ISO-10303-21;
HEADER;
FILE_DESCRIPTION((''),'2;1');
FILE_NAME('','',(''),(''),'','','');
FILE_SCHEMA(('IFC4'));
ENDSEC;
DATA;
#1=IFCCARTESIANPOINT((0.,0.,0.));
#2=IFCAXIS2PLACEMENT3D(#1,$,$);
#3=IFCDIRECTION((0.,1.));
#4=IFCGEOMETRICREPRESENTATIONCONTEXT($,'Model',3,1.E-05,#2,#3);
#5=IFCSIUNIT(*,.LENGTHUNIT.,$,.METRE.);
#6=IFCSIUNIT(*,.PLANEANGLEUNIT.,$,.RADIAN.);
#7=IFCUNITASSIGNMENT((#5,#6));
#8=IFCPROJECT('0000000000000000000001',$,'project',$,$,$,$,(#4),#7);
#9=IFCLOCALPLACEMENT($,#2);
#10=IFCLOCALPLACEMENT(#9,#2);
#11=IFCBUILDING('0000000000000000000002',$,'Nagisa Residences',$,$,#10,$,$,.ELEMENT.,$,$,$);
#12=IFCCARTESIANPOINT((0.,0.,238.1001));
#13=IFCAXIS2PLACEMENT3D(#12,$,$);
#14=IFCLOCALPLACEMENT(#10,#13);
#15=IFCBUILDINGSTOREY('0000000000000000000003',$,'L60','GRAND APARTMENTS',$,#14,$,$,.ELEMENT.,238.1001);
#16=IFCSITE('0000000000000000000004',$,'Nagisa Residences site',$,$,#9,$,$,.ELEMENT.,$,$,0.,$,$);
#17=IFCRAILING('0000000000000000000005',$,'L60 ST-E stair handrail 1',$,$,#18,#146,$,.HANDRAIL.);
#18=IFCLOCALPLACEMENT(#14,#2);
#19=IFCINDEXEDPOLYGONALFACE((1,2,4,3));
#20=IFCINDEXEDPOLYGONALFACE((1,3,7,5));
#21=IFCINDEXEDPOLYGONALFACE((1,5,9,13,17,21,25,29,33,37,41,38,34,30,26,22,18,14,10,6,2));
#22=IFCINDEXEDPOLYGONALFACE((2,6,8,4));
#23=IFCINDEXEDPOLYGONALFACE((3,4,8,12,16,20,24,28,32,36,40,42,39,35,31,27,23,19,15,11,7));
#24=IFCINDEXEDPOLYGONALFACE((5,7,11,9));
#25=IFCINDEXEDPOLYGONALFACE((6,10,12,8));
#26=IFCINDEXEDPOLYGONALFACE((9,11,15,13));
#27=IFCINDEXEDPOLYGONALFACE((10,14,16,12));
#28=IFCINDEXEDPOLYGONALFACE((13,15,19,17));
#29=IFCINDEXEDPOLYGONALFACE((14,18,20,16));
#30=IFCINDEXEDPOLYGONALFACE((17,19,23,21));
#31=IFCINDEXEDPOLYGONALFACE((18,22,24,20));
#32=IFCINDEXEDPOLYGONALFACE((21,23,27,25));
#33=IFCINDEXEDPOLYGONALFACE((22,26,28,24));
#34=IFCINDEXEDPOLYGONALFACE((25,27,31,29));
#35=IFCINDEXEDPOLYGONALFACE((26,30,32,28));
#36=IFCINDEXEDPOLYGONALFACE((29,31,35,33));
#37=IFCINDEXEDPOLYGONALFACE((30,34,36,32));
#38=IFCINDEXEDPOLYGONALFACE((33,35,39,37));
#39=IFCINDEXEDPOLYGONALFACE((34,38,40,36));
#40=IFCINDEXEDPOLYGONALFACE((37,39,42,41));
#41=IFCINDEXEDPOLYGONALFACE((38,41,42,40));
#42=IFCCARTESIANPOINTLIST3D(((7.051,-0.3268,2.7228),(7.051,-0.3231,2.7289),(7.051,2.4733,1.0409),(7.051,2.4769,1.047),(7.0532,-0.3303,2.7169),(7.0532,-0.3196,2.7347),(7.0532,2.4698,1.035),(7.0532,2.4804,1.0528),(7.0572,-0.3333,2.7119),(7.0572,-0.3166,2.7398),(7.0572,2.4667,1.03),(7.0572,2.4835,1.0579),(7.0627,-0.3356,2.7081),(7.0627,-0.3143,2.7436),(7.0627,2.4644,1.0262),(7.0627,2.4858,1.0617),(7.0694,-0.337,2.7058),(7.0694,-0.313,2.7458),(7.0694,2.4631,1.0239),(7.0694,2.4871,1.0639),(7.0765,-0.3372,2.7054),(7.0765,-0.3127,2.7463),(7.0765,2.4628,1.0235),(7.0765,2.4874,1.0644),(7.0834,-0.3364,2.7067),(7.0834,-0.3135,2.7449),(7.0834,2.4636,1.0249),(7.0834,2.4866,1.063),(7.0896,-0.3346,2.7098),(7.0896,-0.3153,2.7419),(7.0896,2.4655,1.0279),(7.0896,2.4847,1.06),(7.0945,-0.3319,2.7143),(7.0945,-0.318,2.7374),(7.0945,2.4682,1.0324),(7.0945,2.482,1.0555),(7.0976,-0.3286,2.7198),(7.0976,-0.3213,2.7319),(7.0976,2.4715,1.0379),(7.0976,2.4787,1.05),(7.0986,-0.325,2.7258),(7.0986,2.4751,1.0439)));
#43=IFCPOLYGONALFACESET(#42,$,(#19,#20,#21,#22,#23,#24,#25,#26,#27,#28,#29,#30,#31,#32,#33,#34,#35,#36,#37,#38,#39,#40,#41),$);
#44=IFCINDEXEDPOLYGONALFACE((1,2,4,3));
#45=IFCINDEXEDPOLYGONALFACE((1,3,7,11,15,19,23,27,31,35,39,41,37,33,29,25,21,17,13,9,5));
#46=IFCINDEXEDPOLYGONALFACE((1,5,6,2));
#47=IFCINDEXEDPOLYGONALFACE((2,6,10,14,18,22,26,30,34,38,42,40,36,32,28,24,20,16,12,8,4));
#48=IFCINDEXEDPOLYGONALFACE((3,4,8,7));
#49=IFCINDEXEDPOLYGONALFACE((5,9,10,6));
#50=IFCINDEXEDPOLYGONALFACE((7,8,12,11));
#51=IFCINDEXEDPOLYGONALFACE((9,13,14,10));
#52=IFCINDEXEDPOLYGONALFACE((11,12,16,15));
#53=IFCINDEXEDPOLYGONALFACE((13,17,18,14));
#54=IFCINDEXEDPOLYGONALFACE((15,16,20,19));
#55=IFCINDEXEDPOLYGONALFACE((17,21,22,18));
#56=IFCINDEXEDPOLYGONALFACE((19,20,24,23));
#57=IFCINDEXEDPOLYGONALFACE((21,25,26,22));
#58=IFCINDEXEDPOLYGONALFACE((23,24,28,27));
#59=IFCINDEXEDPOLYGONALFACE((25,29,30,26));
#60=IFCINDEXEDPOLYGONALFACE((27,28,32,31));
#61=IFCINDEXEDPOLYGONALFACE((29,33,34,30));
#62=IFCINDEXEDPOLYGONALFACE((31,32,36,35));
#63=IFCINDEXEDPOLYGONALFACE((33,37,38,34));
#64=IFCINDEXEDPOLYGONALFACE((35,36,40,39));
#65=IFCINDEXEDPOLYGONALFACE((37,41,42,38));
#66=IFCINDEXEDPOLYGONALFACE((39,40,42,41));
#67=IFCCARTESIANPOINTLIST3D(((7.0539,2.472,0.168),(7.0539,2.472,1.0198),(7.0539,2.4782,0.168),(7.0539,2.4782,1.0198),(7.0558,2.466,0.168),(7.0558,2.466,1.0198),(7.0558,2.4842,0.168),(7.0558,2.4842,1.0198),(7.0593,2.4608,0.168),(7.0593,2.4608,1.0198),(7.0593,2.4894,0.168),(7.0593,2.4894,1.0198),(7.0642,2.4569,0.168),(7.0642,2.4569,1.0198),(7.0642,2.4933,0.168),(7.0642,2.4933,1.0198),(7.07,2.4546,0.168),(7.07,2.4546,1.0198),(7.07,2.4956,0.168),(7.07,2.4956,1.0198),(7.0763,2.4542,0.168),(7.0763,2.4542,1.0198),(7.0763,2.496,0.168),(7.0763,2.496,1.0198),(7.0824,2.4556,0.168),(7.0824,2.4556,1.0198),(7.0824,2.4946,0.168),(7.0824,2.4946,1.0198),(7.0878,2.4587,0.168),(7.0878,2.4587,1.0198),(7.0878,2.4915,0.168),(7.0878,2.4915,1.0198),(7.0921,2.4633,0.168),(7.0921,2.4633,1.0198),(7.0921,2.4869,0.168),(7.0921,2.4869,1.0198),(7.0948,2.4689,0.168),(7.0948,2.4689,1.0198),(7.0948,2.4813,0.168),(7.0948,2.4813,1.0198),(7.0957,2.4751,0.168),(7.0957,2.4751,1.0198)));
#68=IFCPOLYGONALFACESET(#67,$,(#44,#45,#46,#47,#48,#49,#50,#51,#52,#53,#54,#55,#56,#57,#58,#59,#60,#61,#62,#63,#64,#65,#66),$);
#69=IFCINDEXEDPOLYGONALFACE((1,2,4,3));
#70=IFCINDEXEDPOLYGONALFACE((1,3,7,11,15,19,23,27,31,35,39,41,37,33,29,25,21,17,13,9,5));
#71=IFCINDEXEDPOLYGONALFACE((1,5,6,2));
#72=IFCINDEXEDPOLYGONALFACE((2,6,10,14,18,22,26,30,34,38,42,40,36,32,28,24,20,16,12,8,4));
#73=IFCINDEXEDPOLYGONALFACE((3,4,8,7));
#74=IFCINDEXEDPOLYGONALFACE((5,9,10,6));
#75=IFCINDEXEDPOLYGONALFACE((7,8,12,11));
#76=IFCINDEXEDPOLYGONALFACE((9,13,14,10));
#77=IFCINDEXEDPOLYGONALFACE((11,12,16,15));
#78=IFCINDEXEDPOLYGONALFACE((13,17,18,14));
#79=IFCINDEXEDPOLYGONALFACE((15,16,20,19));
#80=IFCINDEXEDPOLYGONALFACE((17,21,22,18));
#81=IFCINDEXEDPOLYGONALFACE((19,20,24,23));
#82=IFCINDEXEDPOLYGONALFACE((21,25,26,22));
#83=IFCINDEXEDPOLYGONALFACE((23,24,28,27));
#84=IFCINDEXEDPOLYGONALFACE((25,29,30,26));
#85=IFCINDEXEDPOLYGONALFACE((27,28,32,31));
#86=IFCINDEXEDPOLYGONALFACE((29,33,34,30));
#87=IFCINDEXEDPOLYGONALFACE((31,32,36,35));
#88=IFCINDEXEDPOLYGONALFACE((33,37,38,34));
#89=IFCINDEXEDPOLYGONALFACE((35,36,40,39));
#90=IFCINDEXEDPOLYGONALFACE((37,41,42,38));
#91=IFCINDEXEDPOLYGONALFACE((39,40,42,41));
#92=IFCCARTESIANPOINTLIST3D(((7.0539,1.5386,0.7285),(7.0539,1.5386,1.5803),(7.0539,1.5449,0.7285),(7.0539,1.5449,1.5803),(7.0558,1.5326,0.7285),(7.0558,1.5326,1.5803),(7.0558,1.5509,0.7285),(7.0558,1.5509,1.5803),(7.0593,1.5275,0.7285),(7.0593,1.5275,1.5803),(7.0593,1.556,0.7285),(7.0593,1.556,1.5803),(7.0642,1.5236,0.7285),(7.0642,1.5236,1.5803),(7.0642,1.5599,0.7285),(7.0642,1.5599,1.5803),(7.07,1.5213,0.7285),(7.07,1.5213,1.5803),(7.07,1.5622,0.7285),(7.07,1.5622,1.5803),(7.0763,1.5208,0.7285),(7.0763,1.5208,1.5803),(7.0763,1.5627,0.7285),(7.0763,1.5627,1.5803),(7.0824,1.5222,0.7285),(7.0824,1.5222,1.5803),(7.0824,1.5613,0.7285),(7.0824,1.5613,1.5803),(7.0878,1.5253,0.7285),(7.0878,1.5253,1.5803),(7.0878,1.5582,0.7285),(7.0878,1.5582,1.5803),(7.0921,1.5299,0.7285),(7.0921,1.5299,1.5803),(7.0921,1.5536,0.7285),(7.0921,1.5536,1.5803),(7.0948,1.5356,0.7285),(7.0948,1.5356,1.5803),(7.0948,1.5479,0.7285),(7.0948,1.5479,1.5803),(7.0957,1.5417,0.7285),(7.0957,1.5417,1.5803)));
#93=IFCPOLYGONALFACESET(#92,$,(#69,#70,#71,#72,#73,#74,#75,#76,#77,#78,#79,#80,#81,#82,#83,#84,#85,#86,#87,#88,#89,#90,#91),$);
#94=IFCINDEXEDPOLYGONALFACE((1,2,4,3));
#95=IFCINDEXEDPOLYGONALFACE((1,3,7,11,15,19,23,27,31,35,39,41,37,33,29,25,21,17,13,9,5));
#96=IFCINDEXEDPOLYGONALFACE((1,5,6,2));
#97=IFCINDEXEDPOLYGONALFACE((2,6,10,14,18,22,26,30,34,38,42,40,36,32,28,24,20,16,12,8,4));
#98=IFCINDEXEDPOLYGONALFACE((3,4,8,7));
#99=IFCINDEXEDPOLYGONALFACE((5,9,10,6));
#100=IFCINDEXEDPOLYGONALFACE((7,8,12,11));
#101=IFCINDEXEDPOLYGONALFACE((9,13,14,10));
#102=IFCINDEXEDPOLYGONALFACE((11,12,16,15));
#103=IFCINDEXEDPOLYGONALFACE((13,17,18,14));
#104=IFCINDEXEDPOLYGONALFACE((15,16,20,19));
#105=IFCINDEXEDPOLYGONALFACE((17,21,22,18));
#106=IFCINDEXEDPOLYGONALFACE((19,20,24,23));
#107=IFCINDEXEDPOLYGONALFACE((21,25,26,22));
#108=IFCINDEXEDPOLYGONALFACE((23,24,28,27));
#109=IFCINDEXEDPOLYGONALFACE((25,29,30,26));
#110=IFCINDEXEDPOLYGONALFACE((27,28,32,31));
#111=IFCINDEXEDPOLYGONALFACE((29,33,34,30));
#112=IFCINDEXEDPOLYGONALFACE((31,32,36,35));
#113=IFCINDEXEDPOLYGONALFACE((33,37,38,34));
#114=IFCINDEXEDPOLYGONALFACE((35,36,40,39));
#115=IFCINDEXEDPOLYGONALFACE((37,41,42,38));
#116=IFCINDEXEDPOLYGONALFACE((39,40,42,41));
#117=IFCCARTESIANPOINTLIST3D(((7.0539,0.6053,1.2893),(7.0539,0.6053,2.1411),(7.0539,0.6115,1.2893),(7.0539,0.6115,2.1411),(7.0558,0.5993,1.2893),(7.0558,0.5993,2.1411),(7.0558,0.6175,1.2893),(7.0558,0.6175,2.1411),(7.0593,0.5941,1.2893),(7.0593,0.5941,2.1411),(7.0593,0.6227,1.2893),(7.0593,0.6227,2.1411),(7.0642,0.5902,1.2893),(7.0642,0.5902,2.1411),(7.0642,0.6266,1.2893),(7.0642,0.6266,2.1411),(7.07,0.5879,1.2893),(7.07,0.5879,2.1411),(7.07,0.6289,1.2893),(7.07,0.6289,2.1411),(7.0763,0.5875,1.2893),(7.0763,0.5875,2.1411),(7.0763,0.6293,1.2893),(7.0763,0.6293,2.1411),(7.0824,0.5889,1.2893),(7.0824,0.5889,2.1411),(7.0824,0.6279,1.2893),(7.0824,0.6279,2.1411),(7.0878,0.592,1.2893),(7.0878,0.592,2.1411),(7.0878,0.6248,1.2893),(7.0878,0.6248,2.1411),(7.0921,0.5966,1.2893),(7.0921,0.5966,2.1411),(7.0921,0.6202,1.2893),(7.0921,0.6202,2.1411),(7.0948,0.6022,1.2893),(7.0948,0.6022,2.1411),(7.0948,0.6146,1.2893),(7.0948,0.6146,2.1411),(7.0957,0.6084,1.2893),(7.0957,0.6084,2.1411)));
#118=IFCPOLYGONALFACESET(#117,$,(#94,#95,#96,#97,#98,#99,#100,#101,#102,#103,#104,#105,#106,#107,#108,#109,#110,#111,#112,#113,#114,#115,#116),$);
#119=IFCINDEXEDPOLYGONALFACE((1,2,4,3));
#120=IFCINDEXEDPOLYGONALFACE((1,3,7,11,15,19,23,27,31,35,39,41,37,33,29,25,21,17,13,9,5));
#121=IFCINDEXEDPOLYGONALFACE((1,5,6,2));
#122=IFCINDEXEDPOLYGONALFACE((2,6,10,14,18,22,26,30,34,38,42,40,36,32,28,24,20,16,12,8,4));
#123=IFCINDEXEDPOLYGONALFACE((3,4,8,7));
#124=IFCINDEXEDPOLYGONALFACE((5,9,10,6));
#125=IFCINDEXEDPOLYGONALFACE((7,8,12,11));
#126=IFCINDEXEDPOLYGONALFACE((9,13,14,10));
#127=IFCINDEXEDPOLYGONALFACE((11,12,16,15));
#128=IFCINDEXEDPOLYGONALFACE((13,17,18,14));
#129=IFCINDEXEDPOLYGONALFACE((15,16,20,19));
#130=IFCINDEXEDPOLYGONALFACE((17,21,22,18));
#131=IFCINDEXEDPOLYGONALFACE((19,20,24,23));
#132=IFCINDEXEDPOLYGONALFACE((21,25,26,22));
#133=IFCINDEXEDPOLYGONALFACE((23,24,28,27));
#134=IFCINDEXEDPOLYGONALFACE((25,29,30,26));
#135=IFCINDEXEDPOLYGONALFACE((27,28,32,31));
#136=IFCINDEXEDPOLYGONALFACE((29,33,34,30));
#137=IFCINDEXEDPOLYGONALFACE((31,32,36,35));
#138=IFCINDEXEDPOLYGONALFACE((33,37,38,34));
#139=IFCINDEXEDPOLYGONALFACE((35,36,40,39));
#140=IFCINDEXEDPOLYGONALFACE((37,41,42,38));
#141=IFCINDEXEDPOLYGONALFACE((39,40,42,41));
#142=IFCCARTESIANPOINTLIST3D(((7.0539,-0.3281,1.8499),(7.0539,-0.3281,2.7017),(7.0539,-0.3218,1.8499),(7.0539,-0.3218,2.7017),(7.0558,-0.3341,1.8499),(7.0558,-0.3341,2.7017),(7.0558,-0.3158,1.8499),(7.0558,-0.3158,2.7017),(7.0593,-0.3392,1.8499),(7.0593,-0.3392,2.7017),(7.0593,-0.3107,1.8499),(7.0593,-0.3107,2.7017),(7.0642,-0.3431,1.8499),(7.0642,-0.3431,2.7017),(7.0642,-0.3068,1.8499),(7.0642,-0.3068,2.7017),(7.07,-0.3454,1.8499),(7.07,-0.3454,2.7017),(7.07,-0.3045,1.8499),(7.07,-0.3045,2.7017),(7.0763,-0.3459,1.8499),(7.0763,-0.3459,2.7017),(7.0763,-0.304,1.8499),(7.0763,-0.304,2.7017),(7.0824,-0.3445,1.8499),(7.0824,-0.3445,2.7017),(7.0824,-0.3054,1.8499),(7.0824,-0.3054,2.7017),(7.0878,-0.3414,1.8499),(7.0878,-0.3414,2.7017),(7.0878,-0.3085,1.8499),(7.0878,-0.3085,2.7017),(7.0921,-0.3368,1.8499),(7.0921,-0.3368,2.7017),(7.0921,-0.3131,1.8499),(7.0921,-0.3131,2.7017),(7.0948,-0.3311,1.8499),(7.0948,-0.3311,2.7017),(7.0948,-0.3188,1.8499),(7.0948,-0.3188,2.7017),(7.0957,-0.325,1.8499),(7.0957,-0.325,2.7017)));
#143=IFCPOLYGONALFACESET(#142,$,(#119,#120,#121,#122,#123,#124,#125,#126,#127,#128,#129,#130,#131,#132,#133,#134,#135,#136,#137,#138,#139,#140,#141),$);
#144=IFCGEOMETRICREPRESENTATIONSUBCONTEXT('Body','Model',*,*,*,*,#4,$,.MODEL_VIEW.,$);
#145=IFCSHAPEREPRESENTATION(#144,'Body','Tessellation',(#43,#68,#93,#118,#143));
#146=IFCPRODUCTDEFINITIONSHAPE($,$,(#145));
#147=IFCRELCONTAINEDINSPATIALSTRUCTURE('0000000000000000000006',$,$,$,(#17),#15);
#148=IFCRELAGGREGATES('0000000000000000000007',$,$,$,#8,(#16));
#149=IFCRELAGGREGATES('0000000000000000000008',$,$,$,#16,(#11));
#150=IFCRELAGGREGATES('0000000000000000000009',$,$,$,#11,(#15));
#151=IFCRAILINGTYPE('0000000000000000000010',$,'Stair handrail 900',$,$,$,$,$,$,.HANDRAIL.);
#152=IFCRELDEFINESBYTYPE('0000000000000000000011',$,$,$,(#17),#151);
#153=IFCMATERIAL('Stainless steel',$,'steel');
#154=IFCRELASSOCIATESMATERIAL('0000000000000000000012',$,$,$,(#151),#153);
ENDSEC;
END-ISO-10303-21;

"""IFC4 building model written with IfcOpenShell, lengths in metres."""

from ifc_helpers import new_model, si_unit, direction, frame, origin, origin_2d, place, context, subcontext, project, spatial, circle, extrude, material, type_object, element, save


model = new_model("IFC4")

# Units and contexts
model_context = context("Model", 3, precision=1e-05, world=origin(), true_north=direction((0.0, 1.0)))
body_context = subcontext(model_context, "Body", "Model", "MODEL_VIEW")
ifc_project = project(units=[si_unit("LENGTHUNIT", "METRE"), si_unit("PLANEANGLEUNIT", "RADIAN")], contexts=[model_context])

# Site, building, storey
site_placement = place(None, origin())
site = spatial("IfcSite", under=ifc_project, at=site_placement, Name="Nagisa Residences site", CompositionType="ELEMENT", RefElevation=0.0)
building_placement = place(site_placement, origin())
building = spatial("IfcBuilding", under=site, at=building_placement, Name="Nagisa Residences", CompositionType="ELEMENT")
storey_placement = place(building_placement, frame((0.0, 0.0, 238.1001)))
storey = spatial("IfcBuildingStorey", under=building, at=storey_placement, Name="L60", Description="GRAND APARTMENTS", CompositionType="ELEMENT", Elevation=238.1001)

# Railing
ifc_material_1 = material(Name="Stainless steel", Category="steel")
railing_type_1 = type_object("IfcRailingType", Name="Stair handrail 900", PredefinedType="HANDRAIL", material=ifc_material_1)
railing_1_placement = place(storey_placement, frame((7.0747, 2.4751, 0.168)))
element("IfcRailing", 1, at=railing_1_placement, inside=storey, type_object=railing_type_1, Name="L60 ST-E stair handrail 1", PredefinedType="HANDRAIL", context=body_context, shape_type="SweptSolid", body=[
    extrude(circle(Radius=0.0239, at=origin_2d()), frame((0.0, 0.0, 0.876), z_axis=(0.0, -0.857242, 0.514913), x_axis=(1.0, 0.0, 0.0)), (0.0, 0.0, 1.0), 3.2664),
    extrude(circle(Radius=0.021, at=origin_2d()), origin(), (0.0, 0.0, 1.0), 0.8518),
    extrude(circle(Radius=0.021, at=origin_2d()), frame((0.0, -0.9333, 0.5605)), (0.0, 0.0, 1.0), 0.8518),
    extrude(circle(Radius=0.021, at=origin_2d()), frame((0.0, -1.8667, 1.1213)), (0.0, 0.0, 1.0), 0.8518),
    extrude(circle(Radius=0.021, at=origin_2d()), frame((0.0, -2.8, 1.6819)), (0.0, 0.0, 1.0), 0.8518),
])

save(model, "model.ifc")
